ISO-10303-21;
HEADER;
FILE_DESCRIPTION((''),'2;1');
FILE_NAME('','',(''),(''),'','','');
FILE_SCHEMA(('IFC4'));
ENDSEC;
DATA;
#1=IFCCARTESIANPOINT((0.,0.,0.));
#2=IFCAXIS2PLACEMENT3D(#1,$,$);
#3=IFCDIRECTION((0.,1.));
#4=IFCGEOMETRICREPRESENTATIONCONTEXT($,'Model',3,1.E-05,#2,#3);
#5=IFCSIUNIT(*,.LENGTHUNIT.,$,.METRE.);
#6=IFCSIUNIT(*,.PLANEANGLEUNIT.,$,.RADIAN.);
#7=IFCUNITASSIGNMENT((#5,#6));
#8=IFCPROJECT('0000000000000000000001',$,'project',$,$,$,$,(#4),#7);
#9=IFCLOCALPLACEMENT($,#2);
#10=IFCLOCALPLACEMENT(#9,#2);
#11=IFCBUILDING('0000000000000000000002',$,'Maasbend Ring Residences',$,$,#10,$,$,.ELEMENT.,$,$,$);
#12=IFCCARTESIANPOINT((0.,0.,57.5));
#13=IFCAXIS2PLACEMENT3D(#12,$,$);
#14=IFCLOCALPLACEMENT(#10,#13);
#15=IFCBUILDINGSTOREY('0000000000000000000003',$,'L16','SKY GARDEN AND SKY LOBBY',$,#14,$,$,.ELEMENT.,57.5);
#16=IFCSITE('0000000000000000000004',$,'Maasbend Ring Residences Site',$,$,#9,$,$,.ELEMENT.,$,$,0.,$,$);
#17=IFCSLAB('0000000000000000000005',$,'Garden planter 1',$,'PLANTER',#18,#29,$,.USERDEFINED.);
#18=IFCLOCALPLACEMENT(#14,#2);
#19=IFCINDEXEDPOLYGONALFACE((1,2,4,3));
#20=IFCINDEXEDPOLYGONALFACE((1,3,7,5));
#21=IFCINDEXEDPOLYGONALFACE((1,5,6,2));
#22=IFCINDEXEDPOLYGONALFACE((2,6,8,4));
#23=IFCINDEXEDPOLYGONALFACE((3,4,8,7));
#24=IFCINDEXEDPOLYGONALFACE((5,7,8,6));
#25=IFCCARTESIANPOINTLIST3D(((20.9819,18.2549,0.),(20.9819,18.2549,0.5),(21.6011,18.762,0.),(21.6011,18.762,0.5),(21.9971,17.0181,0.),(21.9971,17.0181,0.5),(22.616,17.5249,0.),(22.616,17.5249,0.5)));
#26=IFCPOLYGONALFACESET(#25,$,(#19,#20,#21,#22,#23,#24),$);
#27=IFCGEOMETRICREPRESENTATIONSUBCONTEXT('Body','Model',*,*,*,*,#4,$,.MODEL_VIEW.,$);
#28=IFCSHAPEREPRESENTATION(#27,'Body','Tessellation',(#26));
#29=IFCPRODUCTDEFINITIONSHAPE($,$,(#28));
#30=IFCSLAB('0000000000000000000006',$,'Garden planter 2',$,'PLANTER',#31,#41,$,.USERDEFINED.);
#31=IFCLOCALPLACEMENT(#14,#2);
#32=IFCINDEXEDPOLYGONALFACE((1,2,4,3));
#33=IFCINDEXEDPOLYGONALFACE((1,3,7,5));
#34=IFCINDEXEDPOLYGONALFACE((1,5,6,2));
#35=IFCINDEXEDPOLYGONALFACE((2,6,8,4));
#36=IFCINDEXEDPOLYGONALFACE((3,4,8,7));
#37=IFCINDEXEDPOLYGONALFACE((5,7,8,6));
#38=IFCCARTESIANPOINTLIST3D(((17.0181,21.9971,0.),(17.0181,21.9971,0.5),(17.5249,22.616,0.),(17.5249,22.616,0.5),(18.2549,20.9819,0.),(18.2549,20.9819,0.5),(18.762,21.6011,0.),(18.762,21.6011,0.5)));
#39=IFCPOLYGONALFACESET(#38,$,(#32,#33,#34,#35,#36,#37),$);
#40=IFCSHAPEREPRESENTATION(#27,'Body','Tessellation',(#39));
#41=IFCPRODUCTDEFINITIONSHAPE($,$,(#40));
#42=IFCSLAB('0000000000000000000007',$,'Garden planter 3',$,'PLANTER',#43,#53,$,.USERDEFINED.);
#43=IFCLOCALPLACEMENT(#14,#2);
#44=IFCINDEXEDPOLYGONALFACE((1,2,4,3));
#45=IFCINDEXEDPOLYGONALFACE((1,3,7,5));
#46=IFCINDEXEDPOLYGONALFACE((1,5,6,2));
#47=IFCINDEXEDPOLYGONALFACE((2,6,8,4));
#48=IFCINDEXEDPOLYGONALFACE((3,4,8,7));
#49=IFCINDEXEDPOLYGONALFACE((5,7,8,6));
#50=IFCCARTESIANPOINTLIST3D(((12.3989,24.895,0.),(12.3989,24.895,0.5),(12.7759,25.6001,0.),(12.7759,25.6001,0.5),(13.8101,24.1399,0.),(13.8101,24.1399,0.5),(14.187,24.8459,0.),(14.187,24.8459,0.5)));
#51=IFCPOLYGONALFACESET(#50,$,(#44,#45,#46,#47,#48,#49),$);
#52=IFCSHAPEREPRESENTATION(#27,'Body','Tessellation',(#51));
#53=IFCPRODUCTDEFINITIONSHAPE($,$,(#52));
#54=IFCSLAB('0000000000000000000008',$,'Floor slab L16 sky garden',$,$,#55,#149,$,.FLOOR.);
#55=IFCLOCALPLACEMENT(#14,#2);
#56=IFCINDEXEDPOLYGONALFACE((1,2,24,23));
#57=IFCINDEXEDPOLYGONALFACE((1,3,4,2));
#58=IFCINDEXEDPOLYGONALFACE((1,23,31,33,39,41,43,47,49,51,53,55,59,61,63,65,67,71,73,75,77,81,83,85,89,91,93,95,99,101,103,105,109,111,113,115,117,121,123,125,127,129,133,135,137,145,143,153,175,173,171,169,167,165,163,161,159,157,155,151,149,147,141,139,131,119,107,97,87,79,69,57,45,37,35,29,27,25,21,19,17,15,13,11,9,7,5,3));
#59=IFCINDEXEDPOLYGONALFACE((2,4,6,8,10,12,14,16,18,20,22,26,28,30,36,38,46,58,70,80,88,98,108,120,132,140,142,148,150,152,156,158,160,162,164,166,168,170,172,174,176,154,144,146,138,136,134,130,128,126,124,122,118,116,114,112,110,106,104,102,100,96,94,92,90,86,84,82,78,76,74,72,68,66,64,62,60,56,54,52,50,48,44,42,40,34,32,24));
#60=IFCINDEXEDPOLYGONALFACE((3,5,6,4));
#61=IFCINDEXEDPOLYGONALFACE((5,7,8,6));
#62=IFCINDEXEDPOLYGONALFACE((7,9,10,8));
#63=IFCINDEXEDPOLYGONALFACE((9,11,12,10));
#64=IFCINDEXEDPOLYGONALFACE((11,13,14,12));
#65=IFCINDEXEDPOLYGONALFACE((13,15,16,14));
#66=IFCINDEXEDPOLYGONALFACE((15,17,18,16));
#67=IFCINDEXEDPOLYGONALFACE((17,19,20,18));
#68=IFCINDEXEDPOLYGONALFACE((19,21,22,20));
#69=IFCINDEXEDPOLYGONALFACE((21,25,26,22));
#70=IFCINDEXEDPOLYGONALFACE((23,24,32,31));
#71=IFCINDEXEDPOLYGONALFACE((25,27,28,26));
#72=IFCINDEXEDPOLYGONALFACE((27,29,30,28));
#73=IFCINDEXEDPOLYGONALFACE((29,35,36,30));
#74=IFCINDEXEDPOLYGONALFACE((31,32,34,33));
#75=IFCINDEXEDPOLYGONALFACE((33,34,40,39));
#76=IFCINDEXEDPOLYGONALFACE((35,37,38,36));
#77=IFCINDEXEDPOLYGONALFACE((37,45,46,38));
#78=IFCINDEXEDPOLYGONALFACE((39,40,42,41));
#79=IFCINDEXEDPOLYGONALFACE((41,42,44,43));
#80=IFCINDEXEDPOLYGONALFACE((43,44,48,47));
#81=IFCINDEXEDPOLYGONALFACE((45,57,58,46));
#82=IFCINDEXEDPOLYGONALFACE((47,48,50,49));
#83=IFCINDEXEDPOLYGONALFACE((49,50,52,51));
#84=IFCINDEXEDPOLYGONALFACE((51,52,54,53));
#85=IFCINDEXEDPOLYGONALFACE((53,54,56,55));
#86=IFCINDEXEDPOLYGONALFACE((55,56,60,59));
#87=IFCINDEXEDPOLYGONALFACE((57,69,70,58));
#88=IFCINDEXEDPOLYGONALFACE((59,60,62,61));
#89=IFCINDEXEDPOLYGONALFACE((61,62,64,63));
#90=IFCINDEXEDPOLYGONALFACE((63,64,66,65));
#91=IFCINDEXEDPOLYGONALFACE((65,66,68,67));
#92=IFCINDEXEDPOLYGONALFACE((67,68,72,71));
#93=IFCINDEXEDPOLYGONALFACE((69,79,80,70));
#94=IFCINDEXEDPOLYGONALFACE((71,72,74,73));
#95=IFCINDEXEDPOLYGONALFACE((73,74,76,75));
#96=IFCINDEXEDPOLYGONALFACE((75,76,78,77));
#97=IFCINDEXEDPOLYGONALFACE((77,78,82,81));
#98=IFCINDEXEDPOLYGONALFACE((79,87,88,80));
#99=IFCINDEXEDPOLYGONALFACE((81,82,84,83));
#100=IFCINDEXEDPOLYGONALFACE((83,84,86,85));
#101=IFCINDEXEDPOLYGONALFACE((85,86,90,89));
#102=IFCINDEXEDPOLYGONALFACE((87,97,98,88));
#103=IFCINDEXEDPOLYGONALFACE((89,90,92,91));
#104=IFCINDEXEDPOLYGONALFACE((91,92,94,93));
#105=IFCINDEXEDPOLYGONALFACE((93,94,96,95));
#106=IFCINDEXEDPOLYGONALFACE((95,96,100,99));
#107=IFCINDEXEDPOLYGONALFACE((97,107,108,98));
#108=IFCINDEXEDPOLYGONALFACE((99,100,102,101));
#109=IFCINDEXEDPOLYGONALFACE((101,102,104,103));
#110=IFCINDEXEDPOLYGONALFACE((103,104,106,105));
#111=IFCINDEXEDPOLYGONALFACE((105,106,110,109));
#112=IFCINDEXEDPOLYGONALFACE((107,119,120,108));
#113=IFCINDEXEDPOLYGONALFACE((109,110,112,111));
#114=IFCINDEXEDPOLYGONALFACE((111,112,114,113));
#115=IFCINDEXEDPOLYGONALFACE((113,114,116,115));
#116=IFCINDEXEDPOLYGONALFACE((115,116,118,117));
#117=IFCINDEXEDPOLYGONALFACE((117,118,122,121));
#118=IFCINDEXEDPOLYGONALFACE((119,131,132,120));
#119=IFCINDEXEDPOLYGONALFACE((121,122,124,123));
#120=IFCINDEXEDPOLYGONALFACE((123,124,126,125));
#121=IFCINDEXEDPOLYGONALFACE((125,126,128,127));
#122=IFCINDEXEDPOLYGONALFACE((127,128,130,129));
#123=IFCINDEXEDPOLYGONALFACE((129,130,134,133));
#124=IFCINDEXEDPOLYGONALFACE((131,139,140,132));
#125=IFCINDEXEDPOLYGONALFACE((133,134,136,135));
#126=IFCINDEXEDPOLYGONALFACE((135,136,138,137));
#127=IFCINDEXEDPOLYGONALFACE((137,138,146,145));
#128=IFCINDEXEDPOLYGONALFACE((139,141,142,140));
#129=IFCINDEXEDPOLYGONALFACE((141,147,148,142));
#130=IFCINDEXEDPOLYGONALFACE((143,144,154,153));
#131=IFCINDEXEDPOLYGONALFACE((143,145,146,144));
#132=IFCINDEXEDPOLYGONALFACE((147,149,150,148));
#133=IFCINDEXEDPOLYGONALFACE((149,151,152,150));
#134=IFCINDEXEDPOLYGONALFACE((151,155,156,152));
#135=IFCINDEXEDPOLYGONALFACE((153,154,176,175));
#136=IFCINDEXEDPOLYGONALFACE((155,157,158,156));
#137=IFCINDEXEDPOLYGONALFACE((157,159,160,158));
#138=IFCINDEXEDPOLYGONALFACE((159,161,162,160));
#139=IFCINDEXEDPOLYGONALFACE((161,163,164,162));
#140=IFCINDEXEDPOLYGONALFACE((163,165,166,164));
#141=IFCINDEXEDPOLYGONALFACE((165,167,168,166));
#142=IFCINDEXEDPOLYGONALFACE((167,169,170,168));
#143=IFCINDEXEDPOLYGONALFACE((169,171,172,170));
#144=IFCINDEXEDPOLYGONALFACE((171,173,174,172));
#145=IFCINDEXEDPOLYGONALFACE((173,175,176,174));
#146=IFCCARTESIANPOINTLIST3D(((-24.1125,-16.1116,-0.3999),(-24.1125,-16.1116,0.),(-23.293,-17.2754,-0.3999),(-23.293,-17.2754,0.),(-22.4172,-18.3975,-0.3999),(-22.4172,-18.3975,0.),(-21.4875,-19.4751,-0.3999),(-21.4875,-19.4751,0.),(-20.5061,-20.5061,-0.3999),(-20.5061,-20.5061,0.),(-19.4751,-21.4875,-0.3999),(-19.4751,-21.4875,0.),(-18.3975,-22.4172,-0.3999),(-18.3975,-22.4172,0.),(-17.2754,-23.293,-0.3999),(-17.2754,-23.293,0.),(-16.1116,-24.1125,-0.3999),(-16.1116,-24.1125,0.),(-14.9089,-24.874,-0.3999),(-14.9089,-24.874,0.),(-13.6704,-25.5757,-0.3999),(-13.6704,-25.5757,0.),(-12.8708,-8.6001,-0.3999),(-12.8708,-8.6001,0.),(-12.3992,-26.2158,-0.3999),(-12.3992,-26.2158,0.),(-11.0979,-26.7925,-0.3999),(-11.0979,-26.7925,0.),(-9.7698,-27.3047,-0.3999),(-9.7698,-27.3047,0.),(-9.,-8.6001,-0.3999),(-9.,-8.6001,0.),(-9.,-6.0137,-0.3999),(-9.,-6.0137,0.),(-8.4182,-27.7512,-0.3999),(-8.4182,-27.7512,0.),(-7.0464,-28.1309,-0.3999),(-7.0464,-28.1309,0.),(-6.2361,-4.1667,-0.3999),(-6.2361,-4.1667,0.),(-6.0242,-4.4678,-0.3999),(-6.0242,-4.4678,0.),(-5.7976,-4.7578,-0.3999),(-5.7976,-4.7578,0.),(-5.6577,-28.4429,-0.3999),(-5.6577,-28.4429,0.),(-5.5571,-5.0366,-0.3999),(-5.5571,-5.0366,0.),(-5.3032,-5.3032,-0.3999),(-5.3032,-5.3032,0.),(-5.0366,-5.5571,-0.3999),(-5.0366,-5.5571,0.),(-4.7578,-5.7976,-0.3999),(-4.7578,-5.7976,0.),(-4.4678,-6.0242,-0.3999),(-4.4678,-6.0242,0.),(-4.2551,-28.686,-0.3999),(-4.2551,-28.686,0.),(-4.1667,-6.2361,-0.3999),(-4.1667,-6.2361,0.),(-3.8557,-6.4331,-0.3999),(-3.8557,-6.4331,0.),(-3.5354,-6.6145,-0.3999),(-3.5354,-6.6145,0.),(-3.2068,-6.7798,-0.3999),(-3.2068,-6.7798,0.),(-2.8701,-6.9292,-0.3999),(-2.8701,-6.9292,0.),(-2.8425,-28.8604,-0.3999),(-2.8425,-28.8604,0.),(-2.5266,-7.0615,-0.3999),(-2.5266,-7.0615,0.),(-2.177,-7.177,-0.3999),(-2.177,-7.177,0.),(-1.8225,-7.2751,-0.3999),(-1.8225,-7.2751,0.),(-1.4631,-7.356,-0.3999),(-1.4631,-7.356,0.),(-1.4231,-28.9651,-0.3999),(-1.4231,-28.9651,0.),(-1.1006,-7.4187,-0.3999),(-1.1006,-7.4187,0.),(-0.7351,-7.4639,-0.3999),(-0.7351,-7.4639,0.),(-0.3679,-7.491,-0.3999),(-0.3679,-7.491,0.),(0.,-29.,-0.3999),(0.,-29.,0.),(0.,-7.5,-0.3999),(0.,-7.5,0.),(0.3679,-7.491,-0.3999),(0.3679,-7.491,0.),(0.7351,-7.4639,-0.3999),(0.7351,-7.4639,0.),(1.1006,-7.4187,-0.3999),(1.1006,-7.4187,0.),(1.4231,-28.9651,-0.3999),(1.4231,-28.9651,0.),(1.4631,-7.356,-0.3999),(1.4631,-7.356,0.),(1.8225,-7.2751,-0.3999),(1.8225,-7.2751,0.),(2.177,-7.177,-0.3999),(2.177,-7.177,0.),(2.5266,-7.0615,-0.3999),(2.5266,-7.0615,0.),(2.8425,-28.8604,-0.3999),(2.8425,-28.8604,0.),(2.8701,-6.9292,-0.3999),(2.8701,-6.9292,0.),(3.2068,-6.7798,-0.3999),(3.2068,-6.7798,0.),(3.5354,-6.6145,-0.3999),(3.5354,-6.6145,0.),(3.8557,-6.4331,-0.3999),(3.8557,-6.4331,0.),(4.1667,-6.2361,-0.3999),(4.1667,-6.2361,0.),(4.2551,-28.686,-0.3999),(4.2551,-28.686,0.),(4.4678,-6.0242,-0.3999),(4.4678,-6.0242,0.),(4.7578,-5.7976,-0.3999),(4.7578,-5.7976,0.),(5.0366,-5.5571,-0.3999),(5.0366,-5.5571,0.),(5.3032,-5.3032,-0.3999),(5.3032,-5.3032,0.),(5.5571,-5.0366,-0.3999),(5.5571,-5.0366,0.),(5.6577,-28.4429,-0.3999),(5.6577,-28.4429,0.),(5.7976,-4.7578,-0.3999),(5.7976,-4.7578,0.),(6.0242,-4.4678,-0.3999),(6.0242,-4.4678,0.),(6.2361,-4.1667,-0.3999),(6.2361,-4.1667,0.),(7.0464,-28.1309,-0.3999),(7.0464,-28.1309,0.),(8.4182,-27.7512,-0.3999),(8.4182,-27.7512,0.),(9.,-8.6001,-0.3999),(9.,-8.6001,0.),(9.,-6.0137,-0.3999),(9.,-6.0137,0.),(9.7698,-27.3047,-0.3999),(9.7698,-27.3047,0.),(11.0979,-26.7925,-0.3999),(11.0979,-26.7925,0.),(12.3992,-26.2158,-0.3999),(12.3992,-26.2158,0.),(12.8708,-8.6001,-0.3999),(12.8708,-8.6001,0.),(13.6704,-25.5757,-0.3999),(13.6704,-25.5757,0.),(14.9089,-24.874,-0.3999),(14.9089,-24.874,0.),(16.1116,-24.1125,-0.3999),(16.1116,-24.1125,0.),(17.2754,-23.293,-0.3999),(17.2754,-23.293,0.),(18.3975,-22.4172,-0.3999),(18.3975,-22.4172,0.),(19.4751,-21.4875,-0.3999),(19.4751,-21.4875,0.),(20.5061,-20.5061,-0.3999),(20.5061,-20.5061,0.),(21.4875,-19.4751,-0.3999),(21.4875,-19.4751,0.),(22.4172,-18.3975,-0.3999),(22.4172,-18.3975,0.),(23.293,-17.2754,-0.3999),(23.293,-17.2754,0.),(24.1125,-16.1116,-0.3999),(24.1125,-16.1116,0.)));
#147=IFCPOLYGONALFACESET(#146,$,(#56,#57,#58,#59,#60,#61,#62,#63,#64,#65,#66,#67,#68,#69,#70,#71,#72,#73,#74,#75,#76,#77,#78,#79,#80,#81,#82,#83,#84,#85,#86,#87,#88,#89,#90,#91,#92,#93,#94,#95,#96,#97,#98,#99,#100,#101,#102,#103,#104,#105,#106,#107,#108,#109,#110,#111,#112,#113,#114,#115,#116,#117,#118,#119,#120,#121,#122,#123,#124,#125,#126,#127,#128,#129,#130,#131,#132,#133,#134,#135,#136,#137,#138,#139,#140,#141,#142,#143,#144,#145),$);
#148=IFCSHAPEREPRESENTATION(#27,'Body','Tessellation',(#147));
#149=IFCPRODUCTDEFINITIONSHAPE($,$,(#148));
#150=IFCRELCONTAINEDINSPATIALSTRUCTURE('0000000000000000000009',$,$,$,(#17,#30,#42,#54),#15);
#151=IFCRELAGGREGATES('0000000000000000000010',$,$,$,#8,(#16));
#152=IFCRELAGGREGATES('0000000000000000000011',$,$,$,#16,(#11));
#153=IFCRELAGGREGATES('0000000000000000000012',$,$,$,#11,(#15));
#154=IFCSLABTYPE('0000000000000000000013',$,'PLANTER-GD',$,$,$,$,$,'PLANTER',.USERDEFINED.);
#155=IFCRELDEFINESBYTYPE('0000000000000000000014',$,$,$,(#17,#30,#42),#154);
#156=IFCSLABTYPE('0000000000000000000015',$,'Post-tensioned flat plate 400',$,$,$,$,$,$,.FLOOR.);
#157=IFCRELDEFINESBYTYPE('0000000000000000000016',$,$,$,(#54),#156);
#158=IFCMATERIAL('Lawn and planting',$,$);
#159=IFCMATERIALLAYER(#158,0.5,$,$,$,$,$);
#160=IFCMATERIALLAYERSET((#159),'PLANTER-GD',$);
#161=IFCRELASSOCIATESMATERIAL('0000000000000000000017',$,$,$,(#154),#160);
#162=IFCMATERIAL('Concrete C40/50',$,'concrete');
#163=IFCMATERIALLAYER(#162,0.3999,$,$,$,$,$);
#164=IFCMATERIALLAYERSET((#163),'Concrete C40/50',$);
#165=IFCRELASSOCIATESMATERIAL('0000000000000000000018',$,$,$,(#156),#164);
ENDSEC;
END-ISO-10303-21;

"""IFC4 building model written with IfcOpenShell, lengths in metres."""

from ifc_helpers import new_model, si_unit, direction, frame, origin, place, context, subcontext, project, spatial, polyline, outline, extrude, material, layer, layer_set, type_object, element, save


model = new_model("IFC4")

# Units and contexts
model_context = context("Model", 3, precision=1e-05, world=origin(), true_north=direction((0.0, 1.0)))
body_context = subcontext(model_context, "Body", "Model", "MODEL_VIEW")
ifc_project = project(units=[si_unit("LENGTHUNIT", "METRE"), si_unit("PLANEANGLEUNIT", "RADIAN")], contexts=[model_context])

# Site, building, storey
site_placement = place(None, origin())
site = spatial("IfcSite", under=ifc_project, at=site_placement, Name="Maasbend Ring Residences Site", CompositionType="ELEMENT", RefElevation=0.0)
building_placement = place(site_placement, origin())
building = spatial("IfcBuilding", under=site, at=building_placement, Name="Maasbend Ring Residences", CompositionType="ELEMENT")
storey_placement = place(building_placement, frame((0.0, 0.0, 57.5)))
storey = spatial("IfcBuildingStorey", under=building, at=storey_placement, Name="L16", Description="SKY GARDEN AND SKY LOBBY", CompositionType="ELEMENT", Elevation=57.5)

# Slabs
ifc_material_1 = material(Name="Lawn and planting")
ifc_layer_1 = layer(ifc_material_1, 0.5)
ifc_layer_set_1 = layer_set([ifc_layer_1], Name="PLANTER-GD")
slab_type_1 = type_object("IfcSlabType", Name="PLANTER-GD", ElementType="PLANTER", PredefinedType="USERDEFINED", material=ifc_layer_set_1)
slab_1_placement = place(storey_placement, origin())
element("IfcSlab", 1, at=slab_1_placement, inside=storey, type_object=slab_type_1, Name="Garden planter 1", ObjectType="PLANTER", PredefinedType="USERDEFINED", context=body_context, shape_type="SweptSolid", body=[
    extrude(outline(polyline([(22.616, 17.5249), (21.6011, 18.762), (20.9819, 18.2549), (21.9971, 17.0181), (22.616, 17.5249)])), origin(), (0.0, 0.0, 1.0), 0.5),
])
slab_2_placement = place(storey_placement, origin())
element("IfcSlab", 2, at=slab_2_placement, inside=storey, type_object=slab_type_1, Name="Garden planter 2", ObjectType="PLANTER", PredefinedType="USERDEFINED", context=body_context, shape_type="SweptSolid", body=[
    extrude(outline(polyline([(18.762, 21.6011), (17.5249, 22.616), (17.0181, 21.9971), (18.2549, 20.9819), (18.762, 21.6011)])), origin(), (0.0, 0.0, 1.0), 0.5),
])
slab_3_placement = place(storey_placement, origin())
element("IfcSlab", 3, at=slab_3_placement, inside=storey, type_object=slab_type_1, Name="Garden planter 3", ObjectType="PLANTER", PredefinedType="USERDEFINED", context=body_context, shape_type="SweptSolid", body=[
    extrude(outline(polyline([(14.187, 24.8459), (12.7759, 25.6001), (12.3989, 24.895), (13.8101, 24.1399), (14.187, 24.8459)])), origin(), (0.0, 0.0, 1.0), 0.5),
])
ifc_material_2 = material(Name="Concrete C40/50", Category="concrete")
ifc_layer_2 = layer(ifc_material_2, 0.3999)
ifc_layer_set_2 = layer_set([ifc_layer_2], Name="Concrete C40/50")
slab_type_2 = type_object("IfcSlabType", Name="Post-tensioned flat plate 400", PredefinedType="FLOOR", material=ifc_layer_set_2)
slab_4_placement = place(storey_placement, frame((0.0, 0.0, -0.3999)))
element("IfcSlab", 4, at=slab_4_placement, inside=storey, type_object=slab_type_2, Name="Floor slab L16 sky garden", PredefinedType="FLOOR", context=body_context, shape_type="SweptSolid", body=[
    extrude(outline(polyline([(24.1125, -16.1116), (12.8708, -8.6001), (9.0, -8.6001), (9.0, -6.0137), (6.2361, -4.1667), (6.0242, -4.4678), (5.7976, -4.7578), (5.5571, -5.0366), (5.3032, -5.3032), (5.0366, -5.5571), (4.7578, -5.7976), (4.4678, -6.0242), (4.1667, -6.2361), (3.8557, -6.4331), (3.5354, -6.6145), (3.2068, -6.7798), (2.8701, -6.9292), (2.5266, -7.0615), (2.177, -7.177), (1.8225, -7.2751), (1.4631, -7.356), (1.1006, -7.4187), (0.7351, -7.4639), (0.3679, -7.491), (0.0, -7.5), (-0.3679, -7.491), (-0.7351, -7.4639), (-1.1006, -7.4187), (-1.4631, -7.356), (-1.8225, -7.2751), (-2.177, -7.177), (-2.5266, -7.0615), (-2.8701, -6.9292), (-3.2068, -6.7798), (-3.5354, -6.6145), (-3.8557, -6.4331), (-4.1667, -6.2361), (-4.4678, -6.0242), (-4.7578, -5.7976), (-5.0366, -5.5571), (-5.3032, -5.3032), (-5.5571, -5.0366), (-5.7976, -4.7578), (-6.0242, -4.4678), (-6.2361, -4.1667), (-9.0, -6.0137), (-9.0, -8.6001), (-12.8708, -8.6001), (-24.1125, -16.1116), (-23.293, -17.2754), (-22.4172, -18.3975), (-21.4875, -19.4751), (-20.5061, -20.5061), (-19.4751, -21.4875), (-18.3975, -22.4172), (-17.2754, -23.293), (-16.1116, -24.1125), (-14.9089, -24.874), (-13.6704, -25.5757), (-12.3992, -26.2158), (-11.0979, -26.7925), (-9.7698, -27.3047), (-8.4182, -27.7512), (-7.0464, -28.1309), (-5.6577, -28.4429), (-4.2551, -28.686), (-2.8425, -28.8604), (-1.4231, -28.9651), (0.0, -29.0), (1.4231, -28.9651), (2.8425, -28.8604), (4.2551, -28.686), (5.6577, -28.4429), (7.0464, -28.1309), (8.4182, -27.7512), (9.7698, -27.3047), (11.0979, -26.7925), (12.3992, -26.2158), (13.6704, -25.5757), (14.9089, -24.874), (16.1116, -24.1125), (17.2754, -23.293), (18.3975, -22.4172), (19.4751, -21.4875), (20.5061, -20.5061), (21.4875, -19.4751), (22.4172, -18.3975), (23.293, -17.2754), (24.1125, -16.1116)])), origin(), (0.0, 0.0, 1.0), 0.3999),
])

save(model, "model.ifc")
